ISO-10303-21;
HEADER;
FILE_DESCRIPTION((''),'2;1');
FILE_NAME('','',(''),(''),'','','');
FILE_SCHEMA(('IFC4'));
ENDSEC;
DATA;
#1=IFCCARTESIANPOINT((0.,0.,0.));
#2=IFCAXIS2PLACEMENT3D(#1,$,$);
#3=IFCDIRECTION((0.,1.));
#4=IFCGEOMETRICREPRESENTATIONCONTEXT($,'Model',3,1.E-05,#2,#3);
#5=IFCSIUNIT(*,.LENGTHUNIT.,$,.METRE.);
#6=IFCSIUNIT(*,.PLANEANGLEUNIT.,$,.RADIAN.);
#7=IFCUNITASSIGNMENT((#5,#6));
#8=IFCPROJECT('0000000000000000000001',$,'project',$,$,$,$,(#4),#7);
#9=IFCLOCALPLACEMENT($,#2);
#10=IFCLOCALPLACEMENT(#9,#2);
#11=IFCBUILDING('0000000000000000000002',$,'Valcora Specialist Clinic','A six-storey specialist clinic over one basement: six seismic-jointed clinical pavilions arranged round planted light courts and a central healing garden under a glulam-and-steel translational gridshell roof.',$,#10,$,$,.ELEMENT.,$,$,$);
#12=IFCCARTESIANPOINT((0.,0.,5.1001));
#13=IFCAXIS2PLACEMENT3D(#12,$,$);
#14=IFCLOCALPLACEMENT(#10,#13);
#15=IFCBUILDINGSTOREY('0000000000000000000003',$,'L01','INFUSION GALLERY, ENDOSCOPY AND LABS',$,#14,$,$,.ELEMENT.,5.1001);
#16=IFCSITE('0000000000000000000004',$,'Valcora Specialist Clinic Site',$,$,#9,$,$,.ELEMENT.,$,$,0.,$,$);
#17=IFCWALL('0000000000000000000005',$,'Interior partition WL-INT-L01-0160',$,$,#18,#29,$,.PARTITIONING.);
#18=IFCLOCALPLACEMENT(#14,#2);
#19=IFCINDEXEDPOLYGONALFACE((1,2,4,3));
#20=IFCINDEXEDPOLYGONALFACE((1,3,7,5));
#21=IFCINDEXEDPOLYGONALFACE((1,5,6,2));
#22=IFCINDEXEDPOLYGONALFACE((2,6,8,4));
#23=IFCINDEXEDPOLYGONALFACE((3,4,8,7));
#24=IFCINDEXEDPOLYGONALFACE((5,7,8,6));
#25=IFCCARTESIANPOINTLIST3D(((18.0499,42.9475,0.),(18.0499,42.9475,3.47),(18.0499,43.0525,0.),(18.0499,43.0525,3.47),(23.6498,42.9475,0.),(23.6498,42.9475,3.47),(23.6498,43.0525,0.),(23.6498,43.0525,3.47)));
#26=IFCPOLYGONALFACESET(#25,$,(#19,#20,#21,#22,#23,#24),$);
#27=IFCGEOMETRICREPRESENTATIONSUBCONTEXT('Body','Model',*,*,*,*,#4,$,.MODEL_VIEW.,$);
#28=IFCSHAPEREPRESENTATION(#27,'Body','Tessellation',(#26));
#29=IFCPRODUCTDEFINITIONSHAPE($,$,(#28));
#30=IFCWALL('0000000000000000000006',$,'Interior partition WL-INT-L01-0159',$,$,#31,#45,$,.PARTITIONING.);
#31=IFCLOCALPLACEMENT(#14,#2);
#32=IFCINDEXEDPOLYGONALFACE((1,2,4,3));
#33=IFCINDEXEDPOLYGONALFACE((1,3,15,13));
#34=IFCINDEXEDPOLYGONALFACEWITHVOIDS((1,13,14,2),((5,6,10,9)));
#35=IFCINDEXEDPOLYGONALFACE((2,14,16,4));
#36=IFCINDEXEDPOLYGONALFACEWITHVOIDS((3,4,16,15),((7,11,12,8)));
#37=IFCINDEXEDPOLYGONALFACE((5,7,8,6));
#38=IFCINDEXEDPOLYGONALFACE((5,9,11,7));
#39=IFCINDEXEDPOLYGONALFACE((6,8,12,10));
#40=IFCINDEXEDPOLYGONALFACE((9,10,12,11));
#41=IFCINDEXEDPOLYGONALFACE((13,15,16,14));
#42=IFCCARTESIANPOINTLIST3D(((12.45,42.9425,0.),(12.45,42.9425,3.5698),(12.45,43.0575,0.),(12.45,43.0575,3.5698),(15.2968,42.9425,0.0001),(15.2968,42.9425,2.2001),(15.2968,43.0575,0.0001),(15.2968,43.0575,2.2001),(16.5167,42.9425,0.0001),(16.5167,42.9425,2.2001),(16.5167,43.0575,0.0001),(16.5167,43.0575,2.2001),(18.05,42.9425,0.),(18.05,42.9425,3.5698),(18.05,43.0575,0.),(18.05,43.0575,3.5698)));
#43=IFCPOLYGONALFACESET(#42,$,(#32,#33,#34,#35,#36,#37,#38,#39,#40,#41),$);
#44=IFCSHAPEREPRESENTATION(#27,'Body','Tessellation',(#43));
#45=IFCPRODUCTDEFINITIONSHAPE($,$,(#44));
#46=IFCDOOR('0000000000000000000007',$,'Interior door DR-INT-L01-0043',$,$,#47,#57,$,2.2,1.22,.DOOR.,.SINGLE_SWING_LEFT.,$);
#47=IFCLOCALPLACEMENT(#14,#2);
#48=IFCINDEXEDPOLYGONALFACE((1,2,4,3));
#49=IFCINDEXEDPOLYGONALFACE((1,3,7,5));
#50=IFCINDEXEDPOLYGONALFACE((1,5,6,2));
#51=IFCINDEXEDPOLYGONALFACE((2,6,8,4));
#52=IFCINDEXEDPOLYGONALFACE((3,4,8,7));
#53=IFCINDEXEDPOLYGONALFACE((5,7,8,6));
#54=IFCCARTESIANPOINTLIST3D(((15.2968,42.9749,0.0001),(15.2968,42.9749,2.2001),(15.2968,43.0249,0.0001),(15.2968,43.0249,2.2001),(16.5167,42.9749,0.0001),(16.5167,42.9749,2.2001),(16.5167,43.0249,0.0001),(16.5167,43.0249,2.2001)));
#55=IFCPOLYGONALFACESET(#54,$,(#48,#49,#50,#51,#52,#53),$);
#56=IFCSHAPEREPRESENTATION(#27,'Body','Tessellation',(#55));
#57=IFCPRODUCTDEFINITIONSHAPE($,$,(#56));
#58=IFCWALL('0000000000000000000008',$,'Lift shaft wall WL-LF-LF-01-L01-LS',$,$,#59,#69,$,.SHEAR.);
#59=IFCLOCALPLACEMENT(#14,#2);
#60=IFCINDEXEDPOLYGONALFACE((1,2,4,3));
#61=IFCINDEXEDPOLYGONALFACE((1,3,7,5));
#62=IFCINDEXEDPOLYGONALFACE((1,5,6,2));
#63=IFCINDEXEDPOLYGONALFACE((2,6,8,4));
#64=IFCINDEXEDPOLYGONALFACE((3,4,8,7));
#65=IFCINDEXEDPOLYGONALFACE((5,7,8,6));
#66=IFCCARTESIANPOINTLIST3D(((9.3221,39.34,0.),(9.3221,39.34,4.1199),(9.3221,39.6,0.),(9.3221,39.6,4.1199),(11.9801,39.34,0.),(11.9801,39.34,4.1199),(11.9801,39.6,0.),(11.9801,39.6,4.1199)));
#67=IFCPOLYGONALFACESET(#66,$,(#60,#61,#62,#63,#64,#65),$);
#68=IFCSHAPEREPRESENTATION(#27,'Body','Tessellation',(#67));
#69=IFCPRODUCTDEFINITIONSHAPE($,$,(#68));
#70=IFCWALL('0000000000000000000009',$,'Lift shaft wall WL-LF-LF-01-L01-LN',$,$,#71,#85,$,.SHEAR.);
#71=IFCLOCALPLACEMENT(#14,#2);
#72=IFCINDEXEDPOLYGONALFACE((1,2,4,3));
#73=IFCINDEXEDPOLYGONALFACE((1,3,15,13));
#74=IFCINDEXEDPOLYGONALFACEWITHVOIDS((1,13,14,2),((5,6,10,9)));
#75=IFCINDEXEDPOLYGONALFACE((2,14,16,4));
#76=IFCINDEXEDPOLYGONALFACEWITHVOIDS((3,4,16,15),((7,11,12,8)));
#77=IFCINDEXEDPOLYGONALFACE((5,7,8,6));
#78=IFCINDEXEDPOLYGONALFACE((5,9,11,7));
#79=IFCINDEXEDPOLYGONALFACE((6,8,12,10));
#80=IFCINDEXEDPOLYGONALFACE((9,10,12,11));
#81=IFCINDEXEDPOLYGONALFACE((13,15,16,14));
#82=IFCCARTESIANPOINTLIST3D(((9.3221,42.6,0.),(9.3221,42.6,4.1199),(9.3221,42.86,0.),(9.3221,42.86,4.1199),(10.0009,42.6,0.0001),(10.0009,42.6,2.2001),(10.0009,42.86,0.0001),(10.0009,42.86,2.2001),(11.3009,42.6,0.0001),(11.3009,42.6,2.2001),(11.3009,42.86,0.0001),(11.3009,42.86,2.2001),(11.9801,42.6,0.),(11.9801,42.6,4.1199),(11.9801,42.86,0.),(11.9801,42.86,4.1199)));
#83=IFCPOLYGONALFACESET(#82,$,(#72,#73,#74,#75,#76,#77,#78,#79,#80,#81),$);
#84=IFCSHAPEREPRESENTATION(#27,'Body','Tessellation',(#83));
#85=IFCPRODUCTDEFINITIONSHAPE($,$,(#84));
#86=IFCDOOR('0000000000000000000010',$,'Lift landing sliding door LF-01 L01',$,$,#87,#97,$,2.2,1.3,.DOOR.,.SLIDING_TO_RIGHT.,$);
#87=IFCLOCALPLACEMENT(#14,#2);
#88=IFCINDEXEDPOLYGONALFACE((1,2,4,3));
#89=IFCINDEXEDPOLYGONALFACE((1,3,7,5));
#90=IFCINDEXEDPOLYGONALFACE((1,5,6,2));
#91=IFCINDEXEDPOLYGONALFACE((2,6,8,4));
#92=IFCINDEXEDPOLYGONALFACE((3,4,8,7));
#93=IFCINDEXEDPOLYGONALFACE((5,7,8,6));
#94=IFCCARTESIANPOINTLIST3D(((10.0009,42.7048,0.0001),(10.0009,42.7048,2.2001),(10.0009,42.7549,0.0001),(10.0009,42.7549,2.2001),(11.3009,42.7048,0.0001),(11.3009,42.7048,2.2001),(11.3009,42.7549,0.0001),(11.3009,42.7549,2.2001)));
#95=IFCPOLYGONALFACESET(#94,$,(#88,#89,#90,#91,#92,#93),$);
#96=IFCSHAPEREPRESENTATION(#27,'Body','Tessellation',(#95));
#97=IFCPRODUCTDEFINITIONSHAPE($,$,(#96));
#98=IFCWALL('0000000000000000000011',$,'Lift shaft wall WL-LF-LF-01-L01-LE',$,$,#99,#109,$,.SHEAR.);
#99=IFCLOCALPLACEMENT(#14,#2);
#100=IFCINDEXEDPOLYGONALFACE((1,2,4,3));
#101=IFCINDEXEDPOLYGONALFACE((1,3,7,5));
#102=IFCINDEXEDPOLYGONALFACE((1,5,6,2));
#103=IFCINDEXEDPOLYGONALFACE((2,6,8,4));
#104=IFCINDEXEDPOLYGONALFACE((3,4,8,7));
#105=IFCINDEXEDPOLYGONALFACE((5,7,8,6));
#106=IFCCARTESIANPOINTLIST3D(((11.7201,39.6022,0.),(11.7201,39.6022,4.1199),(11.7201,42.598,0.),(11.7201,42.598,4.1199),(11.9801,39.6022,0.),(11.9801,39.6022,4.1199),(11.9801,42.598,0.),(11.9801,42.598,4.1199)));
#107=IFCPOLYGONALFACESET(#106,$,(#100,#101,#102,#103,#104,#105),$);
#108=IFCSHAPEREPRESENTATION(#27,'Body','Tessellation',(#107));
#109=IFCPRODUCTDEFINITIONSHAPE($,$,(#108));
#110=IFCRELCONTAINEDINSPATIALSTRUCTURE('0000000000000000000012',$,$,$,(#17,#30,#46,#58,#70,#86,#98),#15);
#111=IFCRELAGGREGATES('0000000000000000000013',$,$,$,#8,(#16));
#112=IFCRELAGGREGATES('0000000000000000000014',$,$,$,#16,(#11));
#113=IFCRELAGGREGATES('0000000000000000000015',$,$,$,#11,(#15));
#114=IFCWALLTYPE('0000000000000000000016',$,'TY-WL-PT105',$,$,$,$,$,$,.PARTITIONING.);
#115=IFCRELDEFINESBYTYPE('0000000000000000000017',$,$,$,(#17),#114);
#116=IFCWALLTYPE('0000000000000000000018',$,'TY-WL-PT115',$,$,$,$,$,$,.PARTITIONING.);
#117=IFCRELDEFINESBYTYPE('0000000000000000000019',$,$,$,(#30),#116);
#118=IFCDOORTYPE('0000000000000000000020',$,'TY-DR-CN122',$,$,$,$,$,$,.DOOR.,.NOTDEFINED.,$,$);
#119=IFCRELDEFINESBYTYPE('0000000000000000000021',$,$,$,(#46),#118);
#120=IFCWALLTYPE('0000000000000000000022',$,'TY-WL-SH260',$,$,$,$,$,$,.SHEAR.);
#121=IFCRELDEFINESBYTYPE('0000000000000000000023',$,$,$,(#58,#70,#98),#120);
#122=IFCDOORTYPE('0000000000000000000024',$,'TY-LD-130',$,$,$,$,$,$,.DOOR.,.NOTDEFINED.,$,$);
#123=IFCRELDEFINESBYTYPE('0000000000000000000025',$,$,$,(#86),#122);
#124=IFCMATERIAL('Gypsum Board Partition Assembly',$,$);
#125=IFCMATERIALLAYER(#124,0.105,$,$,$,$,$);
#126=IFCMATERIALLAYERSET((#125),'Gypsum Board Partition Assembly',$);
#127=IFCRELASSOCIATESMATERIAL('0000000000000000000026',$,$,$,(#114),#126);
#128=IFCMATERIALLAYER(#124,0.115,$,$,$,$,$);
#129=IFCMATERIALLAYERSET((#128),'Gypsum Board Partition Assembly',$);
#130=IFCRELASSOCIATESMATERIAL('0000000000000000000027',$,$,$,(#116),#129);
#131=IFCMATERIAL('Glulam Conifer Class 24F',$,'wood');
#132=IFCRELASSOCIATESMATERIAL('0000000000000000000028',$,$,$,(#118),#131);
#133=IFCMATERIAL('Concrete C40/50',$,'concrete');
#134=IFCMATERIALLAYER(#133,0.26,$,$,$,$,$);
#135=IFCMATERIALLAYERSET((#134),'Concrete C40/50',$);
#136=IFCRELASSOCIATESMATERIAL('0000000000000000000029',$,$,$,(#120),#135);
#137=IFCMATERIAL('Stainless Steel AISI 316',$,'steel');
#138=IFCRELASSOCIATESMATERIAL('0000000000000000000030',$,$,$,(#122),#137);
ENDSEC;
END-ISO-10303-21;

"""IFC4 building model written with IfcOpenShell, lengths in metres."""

from ifc_helpers import new_model, si_unit, direction, frame, frame_2d, origin, place, context, subcontext, project, spatial, rectangle, extrude, material, layer, layer_set, type_object, element, fill, save


model = new_model("IFC4")

# Units and contexts
model_context = context("Model", 3, precision=1e-05, world=origin(), true_north=direction((0.0, 1.0)))
body_context = subcontext(model_context, "Body", "Model", "MODEL_VIEW")
ifc_project = project(units=[si_unit("LENGTHUNIT", "METRE"), si_unit("PLANEANGLEUNIT", "RADIAN")], contexts=[model_context])

# Site, building, storey
site_placement = place(None, origin())
site = spatial("IfcSite", under=ifc_project, at=site_placement, Name="Valcora Specialist Clinic Site", CompositionType="ELEMENT", RefElevation=0.0)
building_placement = place(site_placement, origin())
building = spatial("IfcBuilding", under=site, at=building_placement, Name="Valcora Specialist Clinic", Description="A six-storey specialist clinic over one basement: six seismic-jointed clinical pavilions arranged round planted light courts and a central healing garden under a glulam-and-steel translational gridshell roof.", CompositionType="ELEMENT")
storey_placement = place(building_placement, frame((0.0, 0.0, 5.1001)))
storey = spatial("IfcBuildingStorey", under=building, at=storey_placement, Name="L01", Description="INFUSION GALLERY, ENDOSCOPY AND LABS", CompositionType="ELEMENT", Elevation=5.1001)

# Shared definitions
ifc_material_1 = material(Name="Concrete C40/50", Category="concrete")

# Wall
ifc_material_2 = material(Name="Gypsum Board Partition Assembly")
ifc_layer_1 = layer(ifc_material_2, 0.105)
ifc_layer_set_1 = layer_set([ifc_layer_1], Name="Gypsum Board Partition Assembly")
wall_type_1 = type_object("IfcWallType", Name="TY-WL-PT105", PredefinedType="PARTITIONING", material=ifc_layer_set_1)
wall_1_placement = place(storey_placement, frame((18.05, 43.0, 0.0), z_axis=(0.0, 0.0, 1.0), x_axis=(1.0, 0.0, 0.0)))
element("IfcWall", 1, at=wall_1_placement, inside=storey, type_object=wall_type_1, Name="Interior partition WL-INT-L01-0160", PredefinedType="PARTITIONING", context=body_context, shape_type="SweptSolid", body=[
    extrude(rectangle(XDim=5.5999, YDim=0.105, at=frame_2d((2.7998, 0.0))), origin(), (0.0, 0.0, 1.0), 3.47),
])

# Wall, opening, door
ifc_layer_2 = layer(ifc_material_2, 0.115)
ifc_layer_set_2 = layer_set([ifc_layer_2], Name="Gypsum Board Partition Assembly")
wall_type_2 = type_object("IfcWallType", Name="TY-WL-PT115", PredefinedType="PARTITIONING", material=ifc_layer_set_2)
wall_2_placement = place(storey_placement, frame((12.45, 43.0, 0.0), z_axis=(0.0, 0.0, 1.0), x_axis=(1.0, 0.0, 0.0)))
wall_2 = element("IfcWall", 2, at=wall_2_placement, inside=storey, type_object=wall_type_2, Name="Interior partition WL-INT-L01-0159", PredefinedType="PARTITIONING", context=body_context, shape_type="SweptSolid", body=[
    extrude(rectangle(XDim=5.6001, YDim=0.115, at=frame_2d((2.8, 0.0))), origin(), (0.0, 0.0, 1.0), 3.5698),
])
opening_1_placement = place(wall_2_placement, frame((2.8469, 0.0, 0.0)))
opening_1 = element("IfcOpeningElement", 3, at=opening_1_placement, cuts=wall_2, PredefinedType="OPENING", context=body_context, shape_type="SweptSolid", body=[
    extrude(rectangle(XDim=1.22, YDim=2.2, at=frame_2d((0.6099, 1.1001))), frame((0.0, 0.0674, 0.0), z_axis=(0.0, -1.0, 0.0), x_axis=(1.0, 0.0, 0.0)), (0.0, 0.0, 1.0), 0.135),
])
ifc_material_3 = material(Name="Glulam Conifer Class 24F", Category="wood")
door_type_1 = type_object("IfcDoorType", Name="TY-DR-CN122", OperationType="NOTDEFINED", PredefinedType="DOOR", material=ifc_material_3)
door_1_placement = place(opening_1_placement, origin())
door_1 = element("IfcDoor", 4, at=door_1_placement, inside=storey, type_object=door_type_1, Name="Interior door DR-INT-L01-0043", OperationType="SINGLE_SWING_LEFT", OverallHeight=2.2, OverallWidth=1.22, PredefinedType="DOOR", context=body_context, shape_type="SweptSolid", body=[
    extrude(rectangle(XDim=1.22, YDim=2.2, at=frame_2d((0.6099, 1.1001))), frame((0.0, 0.0249, 0.0), z_axis=(0.0, -1.0, 0.0), x_axis=(1.0, 0.0, 0.0)), (0.0, 0.0, 1.0), 0.05),
])
fill(opening_1, door_1)

# Wall
ifc_layer_3 = layer(ifc_material_1, 0.26)
ifc_layer_set_3 = layer_set([ifc_layer_3], Name="Concrete C40/50")
wall_type_3 = type_object("IfcWallType", Name="TY-WL-SH260", PredefinedType="SHEAR", material=ifc_layer_set_3)
wall_3_placement = place(storey_placement, frame((9.322, 39.47, 0.0), z_axis=(0.0, 0.0, 1.0), x_axis=(1.0, 0.0, 0.0)))
element("IfcWall", 5, at=wall_3_placement, inside=storey, type_object=wall_type_3, Name="Lift shaft wall WL-LF-LF-01-L01-LS", PredefinedType="SHEAR", context=body_context, shape_type="SweptSolid", body=[
    extrude(rectangle(XDim=2.658, YDim=0.26, at=frame_2d((1.3291, 0.0))), origin(), (0.0, 0.0, 1.0), 4.1199),
])

# Wall, opening, door
wall_4_placement = place(storey_placement, frame((9.322, 42.73, 0.0), z_axis=(0.0, 0.0, 1.0), x_axis=(1.0, 0.0, 0.0)))
wall_4 = element("IfcWall", 6, at=wall_4_placement, inside=storey, type_object=wall_type_3, Name="Lift shaft wall WL-LF-LF-01-L01-LN", PredefinedType="SHEAR", context=body_context, shape_type="SweptSolid", body=[
    extrude(rectangle(XDim=2.658, YDim=0.26, at=frame_2d((1.3291, 0.0))), origin(), (0.0, 0.0, 1.0), 4.1199),
])
opening_2_placement = place(wall_4_placement, frame((0.679, 0.0, 0.0)))
opening_2 = element("IfcOpeningElement", 7, at=opening_2_placement, cuts=wall_4, PredefinedType="OPENING", context=body_context, shape_type="SweptSolid", body=[
    extrude(rectangle(XDim=1.3, YDim=2.2, at=frame_2d((0.6499, 1.1001))), frame((0.0, 0.1399, 0.0), z_axis=(0.0, -1.0, 0.0), x_axis=(1.0, 0.0, 0.0)), (0.0, 0.0, 1.0), 0.28),
])
ifc_material_4 = material(Name="Stainless Steel AISI 316", Category="steel")
door_type_2 = type_object("IfcDoorType", Name="TY-LD-130", OperationType="NOTDEFINED", PredefinedType="DOOR", material=ifc_material_4)
door_2_placement = place(opening_2_placement, origin())
door_2 = element("IfcDoor", 8, at=door_2_placement, inside=storey, type_object=door_type_2, Name="Lift landing sliding door LF-01 L01", OperationType="SLIDING_TO_RIGHT", OverallHeight=2.2, OverallWidth=1.3, PredefinedType="DOOR", context=body_context, shape_type="SweptSolid", body=[
    extrude(rectangle(XDim=1.3, YDim=2.2, at=frame_2d((0.6499, 1.1001))), frame((0.0, 0.0249, 0.0), z_axis=(0.0, -1.0, 0.0), x_axis=(1.0, 0.0, 0.0)), (0.0, 0.0, 1.0), 0.05),
])
fill(opening_2, door_2)

# Wall
wall_5_placement = place(storey_placement, frame((11.8501, 39.6021, 0.0), z_axis=(0.0, 0.0, 1.0), x_axis=(0.0, 1.0, 0.0)))
element("IfcWall", 9, at=wall_5_placement, inside=storey, type_object=wall_type_3, Name="Lift shaft wall WL-LF-LF-01-L01-LE", PredefinedType="SHEAR", context=body_context, shape_type="SweptSolid", body=[
    extrude(rectangle(XDim=2.9958, YDim=0.26, at=frame_2d((1.498, 0.0))), origin(), (0.0, 0.0, 1.0), 4.1199),
])

save(model, "model.ifc")
